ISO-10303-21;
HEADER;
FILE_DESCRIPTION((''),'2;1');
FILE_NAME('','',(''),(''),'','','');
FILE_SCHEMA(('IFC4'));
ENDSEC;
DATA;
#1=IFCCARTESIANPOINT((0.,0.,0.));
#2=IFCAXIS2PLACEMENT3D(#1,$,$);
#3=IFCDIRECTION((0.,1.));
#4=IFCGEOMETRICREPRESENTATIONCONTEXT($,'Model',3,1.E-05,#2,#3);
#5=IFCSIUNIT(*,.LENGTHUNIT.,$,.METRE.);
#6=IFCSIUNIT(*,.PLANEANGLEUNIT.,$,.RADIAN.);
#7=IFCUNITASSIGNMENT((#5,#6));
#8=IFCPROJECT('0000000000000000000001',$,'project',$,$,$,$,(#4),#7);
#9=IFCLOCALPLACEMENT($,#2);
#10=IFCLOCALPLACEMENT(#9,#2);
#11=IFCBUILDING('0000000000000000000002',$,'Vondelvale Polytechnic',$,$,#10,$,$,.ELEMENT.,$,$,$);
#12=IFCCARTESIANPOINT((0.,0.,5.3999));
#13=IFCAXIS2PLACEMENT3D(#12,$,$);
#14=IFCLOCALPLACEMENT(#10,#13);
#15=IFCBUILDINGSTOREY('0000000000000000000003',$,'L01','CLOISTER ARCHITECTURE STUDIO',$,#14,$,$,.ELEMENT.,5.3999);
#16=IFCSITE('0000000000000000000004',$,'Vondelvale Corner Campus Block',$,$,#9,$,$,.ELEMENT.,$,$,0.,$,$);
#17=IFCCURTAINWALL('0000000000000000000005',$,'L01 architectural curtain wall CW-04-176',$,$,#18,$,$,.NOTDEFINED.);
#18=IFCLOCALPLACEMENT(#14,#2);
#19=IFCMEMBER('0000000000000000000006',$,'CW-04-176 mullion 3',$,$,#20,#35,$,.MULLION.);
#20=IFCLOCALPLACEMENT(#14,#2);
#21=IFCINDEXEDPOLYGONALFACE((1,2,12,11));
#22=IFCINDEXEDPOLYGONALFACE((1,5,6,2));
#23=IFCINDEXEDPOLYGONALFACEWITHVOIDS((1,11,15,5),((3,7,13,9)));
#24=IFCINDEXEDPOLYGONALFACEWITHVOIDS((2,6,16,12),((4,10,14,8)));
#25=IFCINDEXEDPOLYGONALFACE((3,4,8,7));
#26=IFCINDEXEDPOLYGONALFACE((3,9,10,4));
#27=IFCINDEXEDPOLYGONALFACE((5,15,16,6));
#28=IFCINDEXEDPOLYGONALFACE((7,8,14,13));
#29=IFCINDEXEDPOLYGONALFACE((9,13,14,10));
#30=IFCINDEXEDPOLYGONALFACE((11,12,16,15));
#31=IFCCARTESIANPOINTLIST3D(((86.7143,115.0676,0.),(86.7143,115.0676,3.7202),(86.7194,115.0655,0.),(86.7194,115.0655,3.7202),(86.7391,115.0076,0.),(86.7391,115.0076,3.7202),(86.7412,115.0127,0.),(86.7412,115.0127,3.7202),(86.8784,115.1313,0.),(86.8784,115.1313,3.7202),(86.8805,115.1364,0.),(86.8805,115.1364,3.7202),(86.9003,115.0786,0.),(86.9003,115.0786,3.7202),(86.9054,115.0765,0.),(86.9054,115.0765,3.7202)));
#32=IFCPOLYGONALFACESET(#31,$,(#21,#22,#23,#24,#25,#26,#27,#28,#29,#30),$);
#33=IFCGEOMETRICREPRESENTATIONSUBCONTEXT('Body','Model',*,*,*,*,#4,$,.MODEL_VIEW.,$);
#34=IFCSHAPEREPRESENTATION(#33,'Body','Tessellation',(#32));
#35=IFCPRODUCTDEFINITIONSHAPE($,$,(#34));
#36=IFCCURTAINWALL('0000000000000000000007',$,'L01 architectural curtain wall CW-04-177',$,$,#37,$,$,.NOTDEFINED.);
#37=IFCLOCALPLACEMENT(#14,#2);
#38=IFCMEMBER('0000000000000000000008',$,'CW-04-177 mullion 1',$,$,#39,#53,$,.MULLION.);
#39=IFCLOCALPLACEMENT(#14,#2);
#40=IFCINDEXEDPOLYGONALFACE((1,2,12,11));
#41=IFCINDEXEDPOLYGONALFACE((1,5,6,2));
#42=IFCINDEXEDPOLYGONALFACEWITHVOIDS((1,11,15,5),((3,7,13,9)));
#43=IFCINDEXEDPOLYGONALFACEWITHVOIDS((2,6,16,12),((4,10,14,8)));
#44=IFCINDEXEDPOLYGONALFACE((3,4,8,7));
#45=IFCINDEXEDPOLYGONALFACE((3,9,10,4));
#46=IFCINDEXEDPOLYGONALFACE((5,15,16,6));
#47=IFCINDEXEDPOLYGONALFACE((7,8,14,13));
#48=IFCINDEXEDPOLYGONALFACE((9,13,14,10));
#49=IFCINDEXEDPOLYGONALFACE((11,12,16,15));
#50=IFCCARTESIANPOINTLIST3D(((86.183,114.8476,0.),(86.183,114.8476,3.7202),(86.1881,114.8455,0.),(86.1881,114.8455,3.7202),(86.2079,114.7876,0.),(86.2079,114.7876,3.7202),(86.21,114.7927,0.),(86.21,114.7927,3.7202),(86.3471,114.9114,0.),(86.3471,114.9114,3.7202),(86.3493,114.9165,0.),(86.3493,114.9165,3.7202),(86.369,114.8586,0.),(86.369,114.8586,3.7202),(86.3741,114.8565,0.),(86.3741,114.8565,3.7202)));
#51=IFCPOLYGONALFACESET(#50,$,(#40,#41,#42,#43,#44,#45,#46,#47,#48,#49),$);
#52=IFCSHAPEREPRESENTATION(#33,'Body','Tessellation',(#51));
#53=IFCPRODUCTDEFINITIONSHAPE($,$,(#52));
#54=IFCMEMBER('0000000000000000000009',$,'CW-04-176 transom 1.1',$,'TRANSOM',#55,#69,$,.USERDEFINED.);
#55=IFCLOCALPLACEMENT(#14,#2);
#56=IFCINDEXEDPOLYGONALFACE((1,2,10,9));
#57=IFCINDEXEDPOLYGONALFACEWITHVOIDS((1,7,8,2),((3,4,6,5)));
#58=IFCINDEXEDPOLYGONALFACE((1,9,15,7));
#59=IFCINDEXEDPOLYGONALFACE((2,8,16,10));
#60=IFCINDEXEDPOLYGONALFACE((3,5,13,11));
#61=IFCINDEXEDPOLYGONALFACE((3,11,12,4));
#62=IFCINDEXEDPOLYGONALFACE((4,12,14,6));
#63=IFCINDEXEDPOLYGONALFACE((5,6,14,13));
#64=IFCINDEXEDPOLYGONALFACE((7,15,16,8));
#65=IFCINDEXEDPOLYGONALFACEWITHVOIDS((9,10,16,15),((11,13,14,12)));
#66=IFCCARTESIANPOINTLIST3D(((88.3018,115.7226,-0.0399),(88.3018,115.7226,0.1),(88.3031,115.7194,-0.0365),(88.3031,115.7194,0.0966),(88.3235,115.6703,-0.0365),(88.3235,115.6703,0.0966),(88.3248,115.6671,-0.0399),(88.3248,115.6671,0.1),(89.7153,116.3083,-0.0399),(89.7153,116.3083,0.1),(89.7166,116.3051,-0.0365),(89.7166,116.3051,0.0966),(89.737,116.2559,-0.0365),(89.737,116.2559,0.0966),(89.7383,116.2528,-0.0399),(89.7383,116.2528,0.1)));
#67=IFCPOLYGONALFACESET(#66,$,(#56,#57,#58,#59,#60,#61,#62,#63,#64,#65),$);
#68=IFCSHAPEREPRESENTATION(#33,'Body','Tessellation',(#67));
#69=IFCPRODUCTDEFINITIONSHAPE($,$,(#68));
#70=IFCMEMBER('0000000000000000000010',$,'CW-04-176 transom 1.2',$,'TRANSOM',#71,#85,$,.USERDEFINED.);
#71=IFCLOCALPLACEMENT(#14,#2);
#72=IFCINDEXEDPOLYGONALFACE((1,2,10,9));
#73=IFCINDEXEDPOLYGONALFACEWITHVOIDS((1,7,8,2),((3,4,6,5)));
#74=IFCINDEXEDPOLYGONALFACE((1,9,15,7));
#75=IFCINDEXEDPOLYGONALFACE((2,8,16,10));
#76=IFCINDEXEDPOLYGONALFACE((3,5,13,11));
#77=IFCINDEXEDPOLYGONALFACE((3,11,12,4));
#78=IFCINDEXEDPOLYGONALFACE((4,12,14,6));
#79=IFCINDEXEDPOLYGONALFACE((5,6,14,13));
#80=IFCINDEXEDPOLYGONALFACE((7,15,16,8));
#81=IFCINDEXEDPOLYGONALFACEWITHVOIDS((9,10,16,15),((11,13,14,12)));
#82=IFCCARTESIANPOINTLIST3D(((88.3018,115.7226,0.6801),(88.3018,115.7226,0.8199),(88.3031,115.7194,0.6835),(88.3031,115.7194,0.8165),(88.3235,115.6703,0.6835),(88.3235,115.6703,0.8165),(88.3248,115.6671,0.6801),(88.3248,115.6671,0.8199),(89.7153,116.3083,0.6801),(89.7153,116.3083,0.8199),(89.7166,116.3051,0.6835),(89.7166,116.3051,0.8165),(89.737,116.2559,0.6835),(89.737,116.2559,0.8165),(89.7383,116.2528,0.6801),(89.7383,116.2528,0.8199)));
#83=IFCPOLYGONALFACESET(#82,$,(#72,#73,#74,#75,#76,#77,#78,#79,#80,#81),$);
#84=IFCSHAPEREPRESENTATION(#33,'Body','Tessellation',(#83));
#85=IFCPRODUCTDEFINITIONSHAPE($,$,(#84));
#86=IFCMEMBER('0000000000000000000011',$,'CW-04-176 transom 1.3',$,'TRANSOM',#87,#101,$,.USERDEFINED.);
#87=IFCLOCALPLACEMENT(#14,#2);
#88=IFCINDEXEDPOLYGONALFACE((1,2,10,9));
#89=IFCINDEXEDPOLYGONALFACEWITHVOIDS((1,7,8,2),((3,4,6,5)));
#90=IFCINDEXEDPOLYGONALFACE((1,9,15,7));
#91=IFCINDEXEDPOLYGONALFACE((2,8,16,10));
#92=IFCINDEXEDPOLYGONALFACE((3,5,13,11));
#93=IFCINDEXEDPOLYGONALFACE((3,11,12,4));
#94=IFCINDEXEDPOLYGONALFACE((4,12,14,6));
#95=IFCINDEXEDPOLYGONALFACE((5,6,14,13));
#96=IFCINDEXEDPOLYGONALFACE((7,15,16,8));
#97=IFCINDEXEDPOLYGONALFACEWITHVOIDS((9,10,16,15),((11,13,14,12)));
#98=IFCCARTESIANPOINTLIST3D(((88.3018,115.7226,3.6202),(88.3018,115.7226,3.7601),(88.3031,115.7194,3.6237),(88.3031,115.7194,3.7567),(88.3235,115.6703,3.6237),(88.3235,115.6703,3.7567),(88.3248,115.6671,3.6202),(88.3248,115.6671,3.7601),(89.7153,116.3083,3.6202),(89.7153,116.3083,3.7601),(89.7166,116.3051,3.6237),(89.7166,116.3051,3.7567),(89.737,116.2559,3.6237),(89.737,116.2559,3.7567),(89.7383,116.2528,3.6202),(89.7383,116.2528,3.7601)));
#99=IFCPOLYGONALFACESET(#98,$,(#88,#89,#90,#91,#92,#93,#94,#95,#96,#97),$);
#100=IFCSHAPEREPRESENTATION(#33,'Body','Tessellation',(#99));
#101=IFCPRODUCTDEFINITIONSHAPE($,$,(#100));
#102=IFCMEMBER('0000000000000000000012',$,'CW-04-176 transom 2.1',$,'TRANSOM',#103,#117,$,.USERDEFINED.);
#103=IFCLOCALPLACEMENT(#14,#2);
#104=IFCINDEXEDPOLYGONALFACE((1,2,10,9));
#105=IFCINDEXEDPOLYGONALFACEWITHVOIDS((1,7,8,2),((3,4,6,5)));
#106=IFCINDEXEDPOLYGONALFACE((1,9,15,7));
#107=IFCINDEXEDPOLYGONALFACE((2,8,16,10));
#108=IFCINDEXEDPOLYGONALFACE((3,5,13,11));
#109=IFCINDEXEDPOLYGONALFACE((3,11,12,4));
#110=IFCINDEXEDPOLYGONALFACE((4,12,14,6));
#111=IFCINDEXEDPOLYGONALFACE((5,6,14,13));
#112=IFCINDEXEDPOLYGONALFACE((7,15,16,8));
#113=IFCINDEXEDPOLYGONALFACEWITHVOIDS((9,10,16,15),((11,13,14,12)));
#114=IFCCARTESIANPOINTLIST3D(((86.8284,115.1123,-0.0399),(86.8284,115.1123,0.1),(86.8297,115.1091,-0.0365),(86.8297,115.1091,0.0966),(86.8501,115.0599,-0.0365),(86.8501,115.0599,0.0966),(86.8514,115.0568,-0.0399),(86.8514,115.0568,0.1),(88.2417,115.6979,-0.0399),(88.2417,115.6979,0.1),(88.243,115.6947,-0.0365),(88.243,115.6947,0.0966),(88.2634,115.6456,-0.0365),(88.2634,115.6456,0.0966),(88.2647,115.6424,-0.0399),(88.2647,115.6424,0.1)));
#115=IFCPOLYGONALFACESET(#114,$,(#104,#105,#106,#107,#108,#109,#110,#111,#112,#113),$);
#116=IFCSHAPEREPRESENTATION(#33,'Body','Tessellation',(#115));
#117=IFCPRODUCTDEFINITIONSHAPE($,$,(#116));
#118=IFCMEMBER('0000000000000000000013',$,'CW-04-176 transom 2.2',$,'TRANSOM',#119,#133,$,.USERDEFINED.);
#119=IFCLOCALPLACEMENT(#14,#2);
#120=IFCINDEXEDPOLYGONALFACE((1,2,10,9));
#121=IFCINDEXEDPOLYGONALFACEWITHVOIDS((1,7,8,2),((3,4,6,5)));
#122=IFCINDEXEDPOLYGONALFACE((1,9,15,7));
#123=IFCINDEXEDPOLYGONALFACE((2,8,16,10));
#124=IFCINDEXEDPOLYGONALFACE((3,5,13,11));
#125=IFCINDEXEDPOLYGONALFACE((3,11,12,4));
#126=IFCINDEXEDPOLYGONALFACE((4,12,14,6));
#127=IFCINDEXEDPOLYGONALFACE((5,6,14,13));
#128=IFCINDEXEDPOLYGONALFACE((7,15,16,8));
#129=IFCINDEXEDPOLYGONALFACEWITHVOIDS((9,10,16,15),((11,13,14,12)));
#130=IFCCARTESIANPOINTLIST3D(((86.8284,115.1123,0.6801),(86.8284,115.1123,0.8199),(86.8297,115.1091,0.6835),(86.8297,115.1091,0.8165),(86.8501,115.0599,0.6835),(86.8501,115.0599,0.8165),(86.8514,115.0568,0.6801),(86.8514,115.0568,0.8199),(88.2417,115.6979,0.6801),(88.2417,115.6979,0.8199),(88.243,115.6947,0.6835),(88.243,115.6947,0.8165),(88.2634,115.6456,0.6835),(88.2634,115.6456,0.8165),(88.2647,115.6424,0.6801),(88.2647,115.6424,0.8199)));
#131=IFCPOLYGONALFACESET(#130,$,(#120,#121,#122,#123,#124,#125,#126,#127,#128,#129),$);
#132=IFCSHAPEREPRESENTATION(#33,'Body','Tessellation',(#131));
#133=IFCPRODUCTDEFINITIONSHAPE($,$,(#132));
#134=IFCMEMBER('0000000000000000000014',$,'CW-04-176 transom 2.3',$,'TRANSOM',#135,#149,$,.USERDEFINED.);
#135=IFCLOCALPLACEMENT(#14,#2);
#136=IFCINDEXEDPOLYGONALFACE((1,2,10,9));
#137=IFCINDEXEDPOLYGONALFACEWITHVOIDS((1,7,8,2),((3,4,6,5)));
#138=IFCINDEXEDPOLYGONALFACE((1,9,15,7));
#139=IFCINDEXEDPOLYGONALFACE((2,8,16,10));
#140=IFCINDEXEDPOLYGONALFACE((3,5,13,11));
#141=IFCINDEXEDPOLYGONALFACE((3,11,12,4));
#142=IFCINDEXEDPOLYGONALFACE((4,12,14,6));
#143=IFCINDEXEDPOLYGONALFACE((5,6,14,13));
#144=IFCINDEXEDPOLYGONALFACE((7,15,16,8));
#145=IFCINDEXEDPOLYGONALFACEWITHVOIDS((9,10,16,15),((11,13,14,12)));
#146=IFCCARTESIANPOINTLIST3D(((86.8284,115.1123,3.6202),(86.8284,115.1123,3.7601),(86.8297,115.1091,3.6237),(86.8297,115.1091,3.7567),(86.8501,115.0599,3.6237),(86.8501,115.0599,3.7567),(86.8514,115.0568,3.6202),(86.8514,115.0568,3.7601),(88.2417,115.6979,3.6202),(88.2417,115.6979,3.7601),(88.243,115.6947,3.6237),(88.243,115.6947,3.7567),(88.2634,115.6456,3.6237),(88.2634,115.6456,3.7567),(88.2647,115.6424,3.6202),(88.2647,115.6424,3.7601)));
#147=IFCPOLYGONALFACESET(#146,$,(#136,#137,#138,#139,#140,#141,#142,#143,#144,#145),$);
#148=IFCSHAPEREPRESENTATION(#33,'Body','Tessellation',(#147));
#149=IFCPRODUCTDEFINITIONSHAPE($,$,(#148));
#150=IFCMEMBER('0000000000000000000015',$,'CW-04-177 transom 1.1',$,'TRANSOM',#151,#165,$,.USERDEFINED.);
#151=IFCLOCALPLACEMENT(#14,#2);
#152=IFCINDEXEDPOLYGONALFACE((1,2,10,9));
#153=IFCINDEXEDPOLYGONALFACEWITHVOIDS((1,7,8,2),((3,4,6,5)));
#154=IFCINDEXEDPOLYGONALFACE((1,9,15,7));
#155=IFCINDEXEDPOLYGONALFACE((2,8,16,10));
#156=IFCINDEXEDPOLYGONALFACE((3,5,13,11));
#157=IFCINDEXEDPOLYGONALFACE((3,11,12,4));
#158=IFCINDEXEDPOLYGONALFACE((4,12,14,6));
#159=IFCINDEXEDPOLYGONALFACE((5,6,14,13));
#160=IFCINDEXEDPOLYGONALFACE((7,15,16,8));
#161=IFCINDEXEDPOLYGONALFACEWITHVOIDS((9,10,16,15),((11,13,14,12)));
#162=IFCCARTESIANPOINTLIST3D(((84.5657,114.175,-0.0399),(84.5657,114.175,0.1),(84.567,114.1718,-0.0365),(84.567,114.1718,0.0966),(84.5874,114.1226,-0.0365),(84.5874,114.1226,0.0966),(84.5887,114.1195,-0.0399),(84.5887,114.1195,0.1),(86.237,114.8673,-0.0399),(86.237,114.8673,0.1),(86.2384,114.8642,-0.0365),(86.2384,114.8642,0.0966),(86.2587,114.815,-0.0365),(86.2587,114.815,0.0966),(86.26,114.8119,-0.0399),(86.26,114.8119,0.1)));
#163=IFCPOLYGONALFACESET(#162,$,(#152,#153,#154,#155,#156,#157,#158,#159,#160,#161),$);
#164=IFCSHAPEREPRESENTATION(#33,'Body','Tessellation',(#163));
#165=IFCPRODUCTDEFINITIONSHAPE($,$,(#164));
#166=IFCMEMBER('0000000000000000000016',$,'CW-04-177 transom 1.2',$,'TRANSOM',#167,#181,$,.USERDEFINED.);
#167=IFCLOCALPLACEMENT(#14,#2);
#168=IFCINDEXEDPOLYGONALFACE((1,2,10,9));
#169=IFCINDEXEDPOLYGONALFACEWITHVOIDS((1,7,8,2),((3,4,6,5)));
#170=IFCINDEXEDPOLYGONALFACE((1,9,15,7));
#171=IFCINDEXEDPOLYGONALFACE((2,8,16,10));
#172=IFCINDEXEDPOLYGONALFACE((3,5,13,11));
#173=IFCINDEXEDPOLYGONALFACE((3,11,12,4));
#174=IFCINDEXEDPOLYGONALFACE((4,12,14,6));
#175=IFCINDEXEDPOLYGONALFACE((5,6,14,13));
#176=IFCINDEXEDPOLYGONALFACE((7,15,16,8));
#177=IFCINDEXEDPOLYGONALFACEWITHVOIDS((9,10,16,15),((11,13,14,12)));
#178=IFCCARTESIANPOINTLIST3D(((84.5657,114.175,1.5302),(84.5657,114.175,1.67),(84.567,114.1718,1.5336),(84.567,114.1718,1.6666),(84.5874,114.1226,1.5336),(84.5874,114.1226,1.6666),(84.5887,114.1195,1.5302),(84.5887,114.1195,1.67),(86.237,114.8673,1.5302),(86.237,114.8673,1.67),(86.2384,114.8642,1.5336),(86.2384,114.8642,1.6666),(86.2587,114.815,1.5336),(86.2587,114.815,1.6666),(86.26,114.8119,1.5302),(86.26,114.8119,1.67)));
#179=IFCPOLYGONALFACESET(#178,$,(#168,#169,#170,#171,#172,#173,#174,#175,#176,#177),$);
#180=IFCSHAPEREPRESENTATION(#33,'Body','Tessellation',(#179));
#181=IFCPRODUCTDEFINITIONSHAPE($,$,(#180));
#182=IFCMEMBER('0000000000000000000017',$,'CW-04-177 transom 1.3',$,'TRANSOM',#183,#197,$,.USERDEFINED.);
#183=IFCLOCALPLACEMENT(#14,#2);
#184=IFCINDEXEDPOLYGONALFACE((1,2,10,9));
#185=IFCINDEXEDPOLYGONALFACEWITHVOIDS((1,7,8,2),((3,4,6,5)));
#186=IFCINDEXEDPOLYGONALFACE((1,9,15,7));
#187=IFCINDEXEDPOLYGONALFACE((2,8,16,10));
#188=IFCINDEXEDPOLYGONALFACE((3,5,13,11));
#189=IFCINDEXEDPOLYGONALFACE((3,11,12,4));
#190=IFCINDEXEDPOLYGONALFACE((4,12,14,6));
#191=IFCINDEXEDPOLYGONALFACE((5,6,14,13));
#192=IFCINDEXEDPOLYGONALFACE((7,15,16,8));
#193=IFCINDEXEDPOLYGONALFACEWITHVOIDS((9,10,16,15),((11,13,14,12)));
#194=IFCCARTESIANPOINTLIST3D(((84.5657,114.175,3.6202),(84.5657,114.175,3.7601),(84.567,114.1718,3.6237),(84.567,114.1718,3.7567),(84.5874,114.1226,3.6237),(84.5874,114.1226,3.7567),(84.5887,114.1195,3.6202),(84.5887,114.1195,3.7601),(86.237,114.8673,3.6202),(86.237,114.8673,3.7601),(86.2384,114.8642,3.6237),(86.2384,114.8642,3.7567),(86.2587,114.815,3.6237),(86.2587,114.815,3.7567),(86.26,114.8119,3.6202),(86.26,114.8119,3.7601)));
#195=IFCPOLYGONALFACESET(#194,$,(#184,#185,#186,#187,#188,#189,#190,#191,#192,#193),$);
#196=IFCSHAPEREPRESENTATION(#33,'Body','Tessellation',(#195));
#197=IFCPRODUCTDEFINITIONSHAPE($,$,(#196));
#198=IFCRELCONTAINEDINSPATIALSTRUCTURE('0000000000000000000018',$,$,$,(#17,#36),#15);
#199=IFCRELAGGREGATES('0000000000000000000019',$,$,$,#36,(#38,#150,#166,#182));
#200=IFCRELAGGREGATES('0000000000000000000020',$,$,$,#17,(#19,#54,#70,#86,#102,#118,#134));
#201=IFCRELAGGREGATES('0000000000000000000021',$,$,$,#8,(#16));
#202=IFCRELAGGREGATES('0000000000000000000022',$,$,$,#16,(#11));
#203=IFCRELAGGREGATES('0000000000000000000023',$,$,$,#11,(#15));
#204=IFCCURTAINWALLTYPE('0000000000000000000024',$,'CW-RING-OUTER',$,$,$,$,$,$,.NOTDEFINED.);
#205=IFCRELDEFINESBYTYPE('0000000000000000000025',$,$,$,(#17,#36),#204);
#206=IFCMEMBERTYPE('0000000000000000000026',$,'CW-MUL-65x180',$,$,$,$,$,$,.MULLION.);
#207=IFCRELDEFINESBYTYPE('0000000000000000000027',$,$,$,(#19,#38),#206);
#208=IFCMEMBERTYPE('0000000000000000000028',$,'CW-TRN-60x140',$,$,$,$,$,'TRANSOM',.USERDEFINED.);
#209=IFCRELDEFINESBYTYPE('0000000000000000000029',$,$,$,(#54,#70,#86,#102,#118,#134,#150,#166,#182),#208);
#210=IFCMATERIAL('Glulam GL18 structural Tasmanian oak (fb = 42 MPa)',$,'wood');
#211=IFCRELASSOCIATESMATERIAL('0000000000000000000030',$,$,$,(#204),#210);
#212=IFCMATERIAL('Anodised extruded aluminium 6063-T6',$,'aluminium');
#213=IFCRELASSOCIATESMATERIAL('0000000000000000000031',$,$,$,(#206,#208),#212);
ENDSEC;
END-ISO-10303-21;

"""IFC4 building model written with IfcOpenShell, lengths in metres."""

from ifc_helpers import new_model, si_unit, direction, frame, origin, origin_2d, place, context, subcontext, project, spatial, hollow_rectangle, extrude, material, material_profile, profile_set, type_object, element, aggregate, save


model = new_model("IFC4")

# Units and contexts
model_context = context("Model", 3, precision=1e-05, world=origin(), true_north=direction((0.0, 1.0)))
body_context = subcontext(model_context, "Body", "Model", "MODEL_VIEW")
ifc_project = project(units=[si_unit("LENGTHUNIT", "METRE"), si_unit("PLANEANGLEUNIT", "RADIAN")], contexts=[model_context])

# Site, building, storey
site_placement = place(None, origin())
site = spatial("IfcSite", under=ifc_project, at=site_placement, Name="Vondelvale Corner Campus Block", CompositionType="ELEMENT", RefElevation=0.0)
building_placement = place(site_placement, origin())
building = spatial("IfcBuilding", under=site, at=building_placement, Name="Vondelvale Polytechnic", CompositionType="ELEMENT")
storey_placement = place(building_placement, frame((0.0, 0.0, 5.3999)))
storey = spatial("IfcBuildingStorey", under=building, at=storey_placement, Name="L01", Description="CLOISTER ARCHITECTURE STUDIO", CompositionType="ELEMENT", Elevation=5.3999)

# Shared definitions
ifc_material_1 = material(Name="Glulam GL18 structural Tasmanian oak (fb = 42 MPa)", Category="wood")

# Curtain wall, member
curtain_wall_type = type_object("IfcCurtainWallType", Name="CW-RING-OUTER", PredefinedType="NOTDEFINED", material=ifc_material_1)
curtain_wall_1_placement = place(storey_placement, origin())
curtain_wall_1 = element("IfcCurtainWall", 1, at=curtain_wall_1_placement, inside=storey, type_object=curtain_wall_type, Name="L01 architectural curtain wall CW-04-176", PredefinedType="NOTDEFINED")
ifc_material_2 = material(Name="Anodised extruded aluminium 6063-T6", Category="aluminium")
ifc_material_profile_1 = material_profile(ifc_material_2, hollow_rectangle(XDim=0.0649, YDim=0.1799, WallThickness=0.0039, at=origin_2d()), Name="CW-MUL-180x65")
ifc_profile_set_1 = profile_set([ifc_material_profile_1], Name="Anodised extruded aluminium 6063-T6")
member_type_1 = type_object("IfcMemberType", Name="CW-MUL-65x180", PredefinedType="MULLION", material=ifc_profile_set_1)
member_1_placement = place(storey_placement, frame((86.8098, 115.072, 0.0), z_axis=(0.0, 0.0, 1.0), x_axis=(0.382677, -0.923882, 0.0)))
member_1 = element("IfcMember", 2, at=member_1_placement, type_object=member_type_1, Name="CW-04-176 mullion 3", PredefinedType="MULLION", context=body_context, shape_type="SweptSolid", body=[
    extrude(hollow_rectangle(XDim=0.0649, YDim=0.1799, WallThickness=0.0039, at=origin_2d()), origin(), (0.0, 0.0, 1.0), 3.7202),
])

# Curtain wall, member
curtain_wall_2_placement = place(storey_placement, origin())
curtain_wall_2 = element("IfcCurtainWall", 3, at=curtain_wall_2_placement, inside=storey, type_object=curtain_wall_type, Name="L01 architectural curtain wall CW-04-177", PredefinedType="NOTDEFINED")
member_2_placement = place(storey_placement, frame((86.2786, 114.8521, 0.0), z_axis=(0.0, 0.0, 1.0), x_axis=(0.382695, -0.923875, 0.0)))
member_2 = element("IfcMember", 4, at=member_2_placement, type_object=member_type_1, Name="CW-04-177 mullion 1", PredefinedType="MULLION", context=body_context, shape_type="SweptSolid", body=[
    extrude(hollow_rectangle(XDim=0.0649, YDim=0.1799, WallThickness=0.0039, at=origin_2d()), origin(), (0.0, 0.0, 1.0), 3.7202),
])

# Members
ifc_material_profile_2 = material_profile(ifc_material_2, hollow_rectangle(XDim=0.0601, YDim=0.1399, WallThickness=0.0034, at=origin_2d()), Name="CW-TRN-140x60")
ifc_profile_set_2 = profile_set([ifc_material_profile_2], Name="Anodised extruded aluminium 6063-T6")
member_type_2 = type_object("IfcMemberType", Name="CW-TRN-60x140", ElementType="TRANSOM", PredefinedType="USERDEFINED", material=ifc_profile_set_2)
member_3_placement = place(storey_placement, frame((89.7268, 116.2805, 0.03), z_axis=(-0.92384, -0.382779, 0.0), x_axis=(0.382779, -0.92384, 0.0)))
member_3 = element("IfcMember", 5, at=member_3_placement, type_object=member_type_2, Name="CW-04-176 transom 1.1", ObjectType="TRANSOM", PredefinedType="USERDEFINED", context=body_context, shape_type="SweptSolid", body=[
    extrude(hollow_rectangle(XDim=0.0601, YDim=0.1399, WallThickness=0.0034, at=origin_2d()), origin(), (0.0, 0.0, 1.0), 1.53),
])
member_4_placement = place(storey_placement, frame((89.7268, 116.2805, 0.75), z_axis=(-0.92384, -0.382779, 0.0), x_axis=(0.382779, -0.92384, 0.0)))
member_4 = element("IfcMember", 6, at=member_4_placement, type_object=member_type_2, Name="CW-04-176 transom 1.2", ObjectType="TRANSOM", PredefinedType="USERDEFINED", context=body_context, shape_type="SweptSolid", body=[
    extrude(hollow_rectangle(XDim=0.0601, YDim=0.1399, WallThickness=0.0034, at=origin_2d()), origin(), (0.0, 0.0, 1.0), 1.53),
])
member_5_placement = place(storey_placement, frame((89.7268, 116.2805, 3.6902), z_axis=(-0.92384, -0.382779, 0.0), x_axis=(0.382779, -0.92384, 0.0)))
member_5 = element("IfcMember", 7, at=member_5_placement, type_object=member_type_2, Name="CW-04-176 transom 1.3", ObjectType="TRANSOM", PredefinedType="USERDEFINED", context=body_context, shape_type="SweptSolid", body=[
    extrude(hollow_rectangle(XDim=0.0601, YDim=0.1399, WallThickness=0.0034, at=origin_2d()), origin(), (0.0, 0.0, 1.0), 1.53),
])
member_6_placement = place(storey_placement, frame((88.2532, 115.6702, 0.03), z_axis=(-0.923816, -0.382836, 0.0), x_axis=(0.382836, -0.923816, 0.0)))
member_6 = element("IfcMember", 8, at=member_6_placement, type_object=member_type_2, Name="CW-04-176 transom 2.1", ObjectType="TRANSOM", PredefinedType="USERDEFINED", context=body_context, shape_type="SweptSolid", body=[
    extrude(hollow_rectangle(XDim=0.0601, YDim=0.1399, WallThickness=0.0034, at=origin_2d()), origin(), (0.0, 0.0, 1.0), 1.5298),
])
member_7_placement = place(storey_placement, frame((88.2532, 115.6702, 0.75), z_axis=(-0.923816, -0.382836, 0.0), x_axis=(0.382836, -0.923816, 0.0)))
member_7 = element("IfcMember", 9, at=member_7_placement, type_object=member_type_2, Name="CW-04-176 transom 2.2", ObjectType="TRANSOM", PredefinedType="USERDEFINED", context=body_context, shape_type="SweptSolid", body=[
    extrude(hollow_rectangle(XDim=0.0601, YDim=0.1399, WallThickness=0.0034, at=origin_2d()), origin(), (0.0, 0.0, 1.0), 1.5298),
])
member_8_placement = place(storey_placement, frame((88.2532, 115.6702, 3.6902), z_axis=(-0.923816, -0.382836, 0.0), x_axis=(0.382836, -0.923816, 0.0)))
member_8 = element("IfcMember", 10, at=member_8_placement, type_object=member_type_2, Name="CW-04-176 transom 2.3", ObjectType="TRANSOM", PredefinedType="USERDEFINED", context=body_context, shape_type="SweptSolid", body=[
    extrude(hollow_rectangle(XDim=0.0601, YDim=0.1399, WallThickness=0.0034, at=origin_2d()), origin(), (0.0, 0.0, 1.0), 1.5298),
])
member_9_placement = place(storey_placement, frame((86.2485, 114.8396, 0.03), z_axis=(-0.923866, -0.382717, 0.0), x_axis=(0.382717, -0.923866, 0.0)))
member_9 = element("IfcMember", 11, at=member_9_placement, type_object=member_type_2, Name="CW-04-177 transom 1.1", ObjectType="TRANSOM", PredefinedType="USERDEFINED", context=body_context, shape_type="SweptSolid", body=[
    extrude(hollow_rectangle(XDim=0.0601, YDim=0.1399, WallThickness=0.0034, at=origin_2d()), origin(), (0.0, 0.0, 1.0), 1.8091),
])
member_10_placement = place(storey_placement, frame((86.2485, 114.8396, 1.6001), z_axis=(-0.923866, -0.382717, 0.0), x_axis=(0.382717, -0.923866, 0.0)))
member_10 = element("IfcMember", 12, at=member_10_placement, type_object=member_type_2, Name="CW-04-177 transom 1.2", ObjectType="TRANSOM", PredefinedType="USERDEFINED", context=body_context, shape_type="SweptSolid", body=[
    extrude(hollow_rectangle(XDim=0.0601, YDim=0.1399, WallThickness=0.0034, at=origin_2d()), origin(), (0.0, 0.0, 1.0), 1.8091),
])
member_11_placement = place(storey_placement, frame((86.2485, 114.8396, 3.6902), z_axis=(-0.923866, -0.382717, 0.0), x_axis=(0.382717, -0.923866, 0.0)))
member_11 = element("IfcMember", 13, at=member_11_placement, type_object=member_type_2, Name="CW-04-177 transom 1.3", ObjectType="TRANSOM", PredefinedType="USERDEFINED", context=body_context, shape_type="SweptSolid", body=[
    extrude(hollow_rectangle(XDim=0.0601, YDim=0.1399, WallThickness=0.0034, at=origin_2d()), origin(), (0.0, 0.0, 1.0), 1.8091),
])
aggregate(curtain_wall_2, [member_2, member_9, member_10, member_11])

aggregate(curtain_wall_1, [member_1, member_3, member_4, member_5, member_6, member_7, member_8])

save(model, "model.ifc")
